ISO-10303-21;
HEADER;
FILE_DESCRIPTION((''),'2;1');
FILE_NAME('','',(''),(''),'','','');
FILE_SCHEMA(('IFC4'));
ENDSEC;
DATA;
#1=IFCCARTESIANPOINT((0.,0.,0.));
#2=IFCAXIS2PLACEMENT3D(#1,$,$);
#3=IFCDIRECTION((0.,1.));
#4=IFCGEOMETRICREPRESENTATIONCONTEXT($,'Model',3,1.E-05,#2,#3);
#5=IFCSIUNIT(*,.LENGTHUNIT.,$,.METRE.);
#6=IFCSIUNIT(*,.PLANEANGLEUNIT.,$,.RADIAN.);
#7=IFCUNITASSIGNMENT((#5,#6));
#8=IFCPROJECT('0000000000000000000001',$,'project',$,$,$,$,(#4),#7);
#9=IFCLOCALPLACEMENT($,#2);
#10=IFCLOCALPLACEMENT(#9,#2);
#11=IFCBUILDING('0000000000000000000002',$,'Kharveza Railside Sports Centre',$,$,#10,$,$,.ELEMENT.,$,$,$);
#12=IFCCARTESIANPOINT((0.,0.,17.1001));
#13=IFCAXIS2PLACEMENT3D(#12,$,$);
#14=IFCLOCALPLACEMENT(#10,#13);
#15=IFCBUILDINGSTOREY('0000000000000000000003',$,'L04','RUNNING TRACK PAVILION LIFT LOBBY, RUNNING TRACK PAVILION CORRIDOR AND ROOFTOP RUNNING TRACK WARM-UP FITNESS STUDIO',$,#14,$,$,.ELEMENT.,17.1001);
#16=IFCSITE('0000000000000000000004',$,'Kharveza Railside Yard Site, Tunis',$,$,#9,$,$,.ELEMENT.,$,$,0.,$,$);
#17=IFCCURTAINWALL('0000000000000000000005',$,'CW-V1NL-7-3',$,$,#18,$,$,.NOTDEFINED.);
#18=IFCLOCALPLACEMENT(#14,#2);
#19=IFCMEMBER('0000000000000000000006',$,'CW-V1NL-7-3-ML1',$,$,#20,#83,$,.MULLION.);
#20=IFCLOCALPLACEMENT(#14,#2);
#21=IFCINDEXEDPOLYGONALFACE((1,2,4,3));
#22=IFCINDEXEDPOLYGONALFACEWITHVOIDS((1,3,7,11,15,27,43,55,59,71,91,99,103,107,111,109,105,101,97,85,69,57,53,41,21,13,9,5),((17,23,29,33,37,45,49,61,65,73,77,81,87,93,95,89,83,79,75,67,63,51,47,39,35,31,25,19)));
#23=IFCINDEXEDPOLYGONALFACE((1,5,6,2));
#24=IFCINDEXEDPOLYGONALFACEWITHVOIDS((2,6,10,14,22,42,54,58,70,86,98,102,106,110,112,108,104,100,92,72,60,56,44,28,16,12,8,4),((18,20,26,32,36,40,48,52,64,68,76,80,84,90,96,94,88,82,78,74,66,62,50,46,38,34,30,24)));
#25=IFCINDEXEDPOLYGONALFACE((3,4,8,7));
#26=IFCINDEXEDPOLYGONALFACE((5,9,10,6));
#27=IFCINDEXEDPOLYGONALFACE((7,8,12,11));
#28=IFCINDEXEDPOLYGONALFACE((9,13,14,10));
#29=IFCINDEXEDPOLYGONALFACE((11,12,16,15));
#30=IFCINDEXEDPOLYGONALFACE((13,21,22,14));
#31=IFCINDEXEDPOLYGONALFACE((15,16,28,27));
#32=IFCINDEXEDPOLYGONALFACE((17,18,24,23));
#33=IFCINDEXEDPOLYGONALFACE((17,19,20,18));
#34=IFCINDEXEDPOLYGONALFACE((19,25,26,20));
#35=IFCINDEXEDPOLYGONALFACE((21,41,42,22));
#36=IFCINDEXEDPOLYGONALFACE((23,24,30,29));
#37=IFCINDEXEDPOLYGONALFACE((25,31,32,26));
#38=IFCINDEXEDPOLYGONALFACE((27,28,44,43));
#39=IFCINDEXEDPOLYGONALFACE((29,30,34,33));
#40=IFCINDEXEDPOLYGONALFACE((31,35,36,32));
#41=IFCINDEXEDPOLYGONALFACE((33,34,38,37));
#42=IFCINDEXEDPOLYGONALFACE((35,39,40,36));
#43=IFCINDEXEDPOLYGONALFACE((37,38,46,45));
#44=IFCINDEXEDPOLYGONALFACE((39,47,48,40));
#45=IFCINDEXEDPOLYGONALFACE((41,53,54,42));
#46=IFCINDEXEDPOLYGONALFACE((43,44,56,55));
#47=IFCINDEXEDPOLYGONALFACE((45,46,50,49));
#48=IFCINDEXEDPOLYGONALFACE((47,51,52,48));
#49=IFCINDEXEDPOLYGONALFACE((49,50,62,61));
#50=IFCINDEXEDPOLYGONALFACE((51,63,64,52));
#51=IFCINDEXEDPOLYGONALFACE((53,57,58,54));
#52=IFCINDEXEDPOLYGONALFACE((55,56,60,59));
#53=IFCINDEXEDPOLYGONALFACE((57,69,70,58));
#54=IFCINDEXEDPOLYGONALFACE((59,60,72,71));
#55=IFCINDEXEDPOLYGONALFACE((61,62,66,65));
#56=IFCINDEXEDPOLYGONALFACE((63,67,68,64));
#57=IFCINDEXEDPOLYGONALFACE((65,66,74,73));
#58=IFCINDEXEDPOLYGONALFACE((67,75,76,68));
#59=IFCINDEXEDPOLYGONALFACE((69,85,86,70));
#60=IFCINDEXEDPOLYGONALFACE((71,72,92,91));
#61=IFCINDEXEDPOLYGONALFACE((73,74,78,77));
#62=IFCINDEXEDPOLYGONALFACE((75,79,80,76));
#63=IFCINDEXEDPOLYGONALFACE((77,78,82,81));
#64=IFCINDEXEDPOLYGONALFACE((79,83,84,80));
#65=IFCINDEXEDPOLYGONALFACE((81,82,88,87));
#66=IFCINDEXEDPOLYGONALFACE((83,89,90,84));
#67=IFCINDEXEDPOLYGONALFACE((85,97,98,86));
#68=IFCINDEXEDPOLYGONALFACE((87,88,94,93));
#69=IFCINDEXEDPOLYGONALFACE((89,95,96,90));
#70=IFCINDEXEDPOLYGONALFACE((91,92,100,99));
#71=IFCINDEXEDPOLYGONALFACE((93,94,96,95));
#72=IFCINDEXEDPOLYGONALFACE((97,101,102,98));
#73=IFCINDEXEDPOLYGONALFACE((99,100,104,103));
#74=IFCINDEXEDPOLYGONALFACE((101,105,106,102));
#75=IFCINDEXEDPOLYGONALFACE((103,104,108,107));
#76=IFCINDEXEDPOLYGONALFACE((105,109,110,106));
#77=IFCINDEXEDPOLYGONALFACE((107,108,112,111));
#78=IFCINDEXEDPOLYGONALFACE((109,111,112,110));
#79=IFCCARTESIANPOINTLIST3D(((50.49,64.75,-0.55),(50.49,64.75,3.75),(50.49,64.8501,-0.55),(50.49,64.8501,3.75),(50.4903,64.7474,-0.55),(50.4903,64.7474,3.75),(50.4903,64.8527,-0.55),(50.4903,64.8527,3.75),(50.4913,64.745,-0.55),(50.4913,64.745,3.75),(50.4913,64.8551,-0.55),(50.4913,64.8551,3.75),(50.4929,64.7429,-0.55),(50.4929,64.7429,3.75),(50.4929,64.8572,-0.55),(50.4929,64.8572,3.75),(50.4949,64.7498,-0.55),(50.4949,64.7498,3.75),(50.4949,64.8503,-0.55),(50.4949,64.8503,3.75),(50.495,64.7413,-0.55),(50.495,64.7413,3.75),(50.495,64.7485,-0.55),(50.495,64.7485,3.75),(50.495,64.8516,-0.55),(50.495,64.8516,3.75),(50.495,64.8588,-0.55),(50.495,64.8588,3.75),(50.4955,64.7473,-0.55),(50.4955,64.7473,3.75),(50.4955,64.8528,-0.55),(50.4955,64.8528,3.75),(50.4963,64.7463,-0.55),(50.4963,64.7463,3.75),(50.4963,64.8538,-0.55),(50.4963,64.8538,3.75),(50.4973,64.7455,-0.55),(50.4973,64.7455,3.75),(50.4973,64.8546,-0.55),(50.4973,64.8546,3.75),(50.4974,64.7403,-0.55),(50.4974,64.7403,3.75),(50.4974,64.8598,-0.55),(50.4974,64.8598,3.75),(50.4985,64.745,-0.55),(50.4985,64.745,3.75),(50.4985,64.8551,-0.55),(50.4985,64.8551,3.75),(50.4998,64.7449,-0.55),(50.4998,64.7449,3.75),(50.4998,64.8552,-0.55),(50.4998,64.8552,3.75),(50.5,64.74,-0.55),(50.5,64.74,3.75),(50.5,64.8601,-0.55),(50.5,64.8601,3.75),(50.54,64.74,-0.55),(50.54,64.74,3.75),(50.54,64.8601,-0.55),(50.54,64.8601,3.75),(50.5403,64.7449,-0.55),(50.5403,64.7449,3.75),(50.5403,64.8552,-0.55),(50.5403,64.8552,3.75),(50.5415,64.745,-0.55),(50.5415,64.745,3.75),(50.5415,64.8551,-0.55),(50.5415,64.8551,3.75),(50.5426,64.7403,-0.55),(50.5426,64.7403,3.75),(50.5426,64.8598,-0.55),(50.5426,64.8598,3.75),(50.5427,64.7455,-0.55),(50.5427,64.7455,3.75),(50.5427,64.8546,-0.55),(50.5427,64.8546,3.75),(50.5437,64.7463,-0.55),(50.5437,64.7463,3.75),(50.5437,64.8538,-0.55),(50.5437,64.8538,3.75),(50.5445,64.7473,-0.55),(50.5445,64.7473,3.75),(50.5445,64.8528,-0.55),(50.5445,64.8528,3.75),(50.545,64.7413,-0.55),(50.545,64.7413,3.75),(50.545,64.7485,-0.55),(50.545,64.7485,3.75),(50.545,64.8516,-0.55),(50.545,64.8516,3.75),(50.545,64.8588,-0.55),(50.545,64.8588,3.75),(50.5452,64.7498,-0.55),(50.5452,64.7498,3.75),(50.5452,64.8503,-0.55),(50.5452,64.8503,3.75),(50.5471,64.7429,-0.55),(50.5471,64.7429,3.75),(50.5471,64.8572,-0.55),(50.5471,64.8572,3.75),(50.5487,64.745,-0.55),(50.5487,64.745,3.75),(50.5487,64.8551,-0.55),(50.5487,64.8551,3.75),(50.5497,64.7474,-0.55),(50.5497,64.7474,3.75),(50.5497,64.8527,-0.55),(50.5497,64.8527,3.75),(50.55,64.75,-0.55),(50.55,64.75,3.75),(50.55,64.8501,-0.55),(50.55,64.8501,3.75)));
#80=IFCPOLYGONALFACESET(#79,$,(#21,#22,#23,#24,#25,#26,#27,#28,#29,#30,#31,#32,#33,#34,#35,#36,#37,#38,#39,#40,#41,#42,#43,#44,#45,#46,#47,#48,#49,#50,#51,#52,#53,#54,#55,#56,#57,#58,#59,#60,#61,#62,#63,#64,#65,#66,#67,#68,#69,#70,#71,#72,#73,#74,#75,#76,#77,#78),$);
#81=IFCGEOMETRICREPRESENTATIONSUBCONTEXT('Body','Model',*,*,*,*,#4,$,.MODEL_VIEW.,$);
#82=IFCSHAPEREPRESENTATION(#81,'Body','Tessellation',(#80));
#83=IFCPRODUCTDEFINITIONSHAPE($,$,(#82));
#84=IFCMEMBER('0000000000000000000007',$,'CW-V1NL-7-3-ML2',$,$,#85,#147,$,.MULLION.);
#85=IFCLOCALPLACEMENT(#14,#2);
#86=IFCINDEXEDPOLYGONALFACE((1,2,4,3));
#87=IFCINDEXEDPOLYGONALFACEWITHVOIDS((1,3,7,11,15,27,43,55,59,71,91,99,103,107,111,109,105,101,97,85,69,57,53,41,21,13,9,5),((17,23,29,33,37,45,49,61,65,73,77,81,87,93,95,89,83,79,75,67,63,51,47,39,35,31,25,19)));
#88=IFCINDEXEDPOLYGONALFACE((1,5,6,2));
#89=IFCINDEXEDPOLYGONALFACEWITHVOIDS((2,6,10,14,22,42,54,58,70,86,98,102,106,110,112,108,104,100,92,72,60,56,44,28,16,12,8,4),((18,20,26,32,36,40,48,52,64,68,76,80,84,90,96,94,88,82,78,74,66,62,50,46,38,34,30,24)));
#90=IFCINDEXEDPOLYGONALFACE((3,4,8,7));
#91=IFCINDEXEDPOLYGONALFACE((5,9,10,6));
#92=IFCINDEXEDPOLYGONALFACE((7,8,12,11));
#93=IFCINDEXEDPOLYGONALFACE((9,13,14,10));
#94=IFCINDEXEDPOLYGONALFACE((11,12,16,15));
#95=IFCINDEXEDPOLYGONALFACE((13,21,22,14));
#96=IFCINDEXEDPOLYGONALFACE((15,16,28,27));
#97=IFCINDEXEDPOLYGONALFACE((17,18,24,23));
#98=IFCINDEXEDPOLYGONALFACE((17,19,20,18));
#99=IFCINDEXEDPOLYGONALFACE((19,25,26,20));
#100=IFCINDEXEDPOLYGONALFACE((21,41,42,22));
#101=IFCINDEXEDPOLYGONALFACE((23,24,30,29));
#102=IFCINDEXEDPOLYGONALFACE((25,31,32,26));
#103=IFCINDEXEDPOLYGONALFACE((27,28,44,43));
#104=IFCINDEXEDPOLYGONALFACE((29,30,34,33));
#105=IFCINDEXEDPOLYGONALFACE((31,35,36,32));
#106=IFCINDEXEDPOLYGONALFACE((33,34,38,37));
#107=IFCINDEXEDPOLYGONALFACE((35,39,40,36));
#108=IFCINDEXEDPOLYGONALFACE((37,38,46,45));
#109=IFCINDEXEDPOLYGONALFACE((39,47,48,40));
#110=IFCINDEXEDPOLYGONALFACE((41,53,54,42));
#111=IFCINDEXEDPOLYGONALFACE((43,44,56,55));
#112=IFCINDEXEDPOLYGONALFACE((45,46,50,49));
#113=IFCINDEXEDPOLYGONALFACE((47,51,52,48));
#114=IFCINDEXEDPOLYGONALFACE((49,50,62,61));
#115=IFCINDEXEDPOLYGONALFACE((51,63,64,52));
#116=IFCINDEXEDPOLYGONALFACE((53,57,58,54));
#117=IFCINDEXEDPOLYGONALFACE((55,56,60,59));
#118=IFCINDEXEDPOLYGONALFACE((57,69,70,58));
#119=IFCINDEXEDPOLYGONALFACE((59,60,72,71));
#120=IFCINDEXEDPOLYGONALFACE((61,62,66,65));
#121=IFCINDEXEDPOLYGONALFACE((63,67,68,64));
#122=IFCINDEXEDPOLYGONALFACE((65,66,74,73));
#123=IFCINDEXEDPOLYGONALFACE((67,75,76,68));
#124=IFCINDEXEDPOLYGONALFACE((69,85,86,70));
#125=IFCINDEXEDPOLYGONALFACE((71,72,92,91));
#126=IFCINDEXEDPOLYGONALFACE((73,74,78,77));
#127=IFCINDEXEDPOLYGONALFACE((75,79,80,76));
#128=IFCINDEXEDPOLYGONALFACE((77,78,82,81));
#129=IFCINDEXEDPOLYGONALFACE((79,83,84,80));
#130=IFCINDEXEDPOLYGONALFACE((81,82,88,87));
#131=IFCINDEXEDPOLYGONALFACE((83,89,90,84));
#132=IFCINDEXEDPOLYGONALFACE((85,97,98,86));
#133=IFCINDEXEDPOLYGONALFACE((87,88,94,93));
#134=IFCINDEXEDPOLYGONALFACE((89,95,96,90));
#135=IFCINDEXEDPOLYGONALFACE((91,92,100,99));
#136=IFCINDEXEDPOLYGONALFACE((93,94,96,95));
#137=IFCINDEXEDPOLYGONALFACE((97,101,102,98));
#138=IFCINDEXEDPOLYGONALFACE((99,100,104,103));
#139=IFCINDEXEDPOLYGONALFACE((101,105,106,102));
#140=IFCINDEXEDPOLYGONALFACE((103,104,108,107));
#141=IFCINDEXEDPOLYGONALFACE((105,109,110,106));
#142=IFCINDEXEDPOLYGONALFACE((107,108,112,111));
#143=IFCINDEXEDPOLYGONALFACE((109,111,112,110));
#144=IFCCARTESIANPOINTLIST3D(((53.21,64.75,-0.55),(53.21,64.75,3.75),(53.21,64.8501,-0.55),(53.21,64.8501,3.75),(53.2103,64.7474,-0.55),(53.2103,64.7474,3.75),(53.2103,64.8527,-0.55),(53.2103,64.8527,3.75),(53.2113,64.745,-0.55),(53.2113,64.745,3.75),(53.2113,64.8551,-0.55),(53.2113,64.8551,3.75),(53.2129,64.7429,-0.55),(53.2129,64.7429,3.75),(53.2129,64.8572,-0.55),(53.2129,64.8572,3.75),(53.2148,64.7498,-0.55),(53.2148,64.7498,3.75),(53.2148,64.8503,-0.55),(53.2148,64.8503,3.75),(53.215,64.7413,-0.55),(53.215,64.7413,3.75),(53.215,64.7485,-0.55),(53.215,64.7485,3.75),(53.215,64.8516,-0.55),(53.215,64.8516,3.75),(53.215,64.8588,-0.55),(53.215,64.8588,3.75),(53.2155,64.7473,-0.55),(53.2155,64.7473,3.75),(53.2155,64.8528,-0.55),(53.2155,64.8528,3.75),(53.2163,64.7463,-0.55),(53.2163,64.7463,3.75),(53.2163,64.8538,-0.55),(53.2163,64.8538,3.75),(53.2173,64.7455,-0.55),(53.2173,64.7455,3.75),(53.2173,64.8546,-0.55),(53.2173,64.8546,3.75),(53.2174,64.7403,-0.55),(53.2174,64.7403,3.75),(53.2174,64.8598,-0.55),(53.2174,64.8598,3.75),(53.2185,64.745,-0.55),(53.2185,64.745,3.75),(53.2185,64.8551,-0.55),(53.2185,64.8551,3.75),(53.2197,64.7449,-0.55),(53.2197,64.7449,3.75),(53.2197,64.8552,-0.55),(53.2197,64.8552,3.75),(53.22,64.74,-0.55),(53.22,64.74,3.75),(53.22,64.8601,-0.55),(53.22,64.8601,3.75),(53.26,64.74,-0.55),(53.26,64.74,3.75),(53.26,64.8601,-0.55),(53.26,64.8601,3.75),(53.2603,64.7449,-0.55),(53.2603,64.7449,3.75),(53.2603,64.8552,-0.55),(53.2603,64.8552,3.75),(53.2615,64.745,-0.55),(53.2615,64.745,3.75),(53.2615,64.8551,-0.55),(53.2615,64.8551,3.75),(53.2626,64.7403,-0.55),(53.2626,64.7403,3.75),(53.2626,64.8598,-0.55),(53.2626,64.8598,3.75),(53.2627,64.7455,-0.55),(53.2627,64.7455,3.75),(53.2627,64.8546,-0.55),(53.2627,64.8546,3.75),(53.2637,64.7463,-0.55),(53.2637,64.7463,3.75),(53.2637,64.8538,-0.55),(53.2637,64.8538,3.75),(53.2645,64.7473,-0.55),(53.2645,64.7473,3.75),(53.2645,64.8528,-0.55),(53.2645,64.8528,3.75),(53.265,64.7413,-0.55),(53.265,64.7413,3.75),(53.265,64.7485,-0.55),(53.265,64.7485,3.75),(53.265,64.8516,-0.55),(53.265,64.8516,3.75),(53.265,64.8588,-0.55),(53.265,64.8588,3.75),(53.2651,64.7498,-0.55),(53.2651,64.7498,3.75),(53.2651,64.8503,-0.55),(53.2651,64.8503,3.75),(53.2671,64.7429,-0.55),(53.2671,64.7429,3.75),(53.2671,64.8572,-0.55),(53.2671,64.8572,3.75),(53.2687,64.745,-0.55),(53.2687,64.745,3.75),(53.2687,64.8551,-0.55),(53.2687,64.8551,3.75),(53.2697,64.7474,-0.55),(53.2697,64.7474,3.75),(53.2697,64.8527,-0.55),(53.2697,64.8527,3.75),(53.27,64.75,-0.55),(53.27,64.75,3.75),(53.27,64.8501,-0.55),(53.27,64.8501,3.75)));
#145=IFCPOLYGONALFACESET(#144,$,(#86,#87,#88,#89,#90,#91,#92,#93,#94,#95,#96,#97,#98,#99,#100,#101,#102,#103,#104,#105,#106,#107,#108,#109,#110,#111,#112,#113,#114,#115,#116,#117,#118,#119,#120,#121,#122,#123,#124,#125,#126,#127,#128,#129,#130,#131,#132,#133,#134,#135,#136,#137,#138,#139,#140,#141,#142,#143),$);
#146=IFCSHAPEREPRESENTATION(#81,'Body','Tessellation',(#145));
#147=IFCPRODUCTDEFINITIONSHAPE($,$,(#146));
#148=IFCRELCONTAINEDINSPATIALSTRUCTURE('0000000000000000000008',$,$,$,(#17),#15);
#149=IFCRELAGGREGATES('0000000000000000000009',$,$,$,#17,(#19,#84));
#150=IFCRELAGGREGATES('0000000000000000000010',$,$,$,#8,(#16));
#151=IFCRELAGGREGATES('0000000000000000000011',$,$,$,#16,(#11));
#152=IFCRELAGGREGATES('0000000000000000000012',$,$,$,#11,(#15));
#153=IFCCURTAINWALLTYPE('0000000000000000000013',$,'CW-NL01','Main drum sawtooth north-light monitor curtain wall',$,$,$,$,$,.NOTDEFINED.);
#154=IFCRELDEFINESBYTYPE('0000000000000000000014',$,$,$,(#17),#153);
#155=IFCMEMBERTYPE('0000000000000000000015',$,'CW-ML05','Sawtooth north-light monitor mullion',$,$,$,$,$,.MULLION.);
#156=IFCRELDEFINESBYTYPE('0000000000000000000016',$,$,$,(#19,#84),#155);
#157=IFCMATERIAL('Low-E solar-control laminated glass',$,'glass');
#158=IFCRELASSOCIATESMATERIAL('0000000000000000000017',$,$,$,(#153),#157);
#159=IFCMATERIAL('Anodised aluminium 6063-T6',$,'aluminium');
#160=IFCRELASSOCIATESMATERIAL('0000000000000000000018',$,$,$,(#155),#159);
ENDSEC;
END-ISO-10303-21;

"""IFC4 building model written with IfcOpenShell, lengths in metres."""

from ifc_helpers import new_model, si_unit, direction, frame, origin, origin_2d, place, context, subcontext, project, spatial, hollow_rectangle, extrude, material, material_profile, profile_set, type_object, element, aggregate, save


model = new_model("IFC4")

# Units and contexts
model_context = context("Model", 3, precision=1e-05, world=origin(), true_north=direction((0.0, 1.0)))
body_context = subcontext(model_context, "Body", "Model", "MODEL_VIEW")
ifc_project = project(units=[si_unit("LENGTHUNIT", "METRE"), si_unit("PLANEANGLEUNIT", "RADIAN")], contexts=[model_context])

# Site, building, storey
site_placement = place(None, origin())
site = spatial("IfcSite", under=ifc_project, at=site_placement, Name="Kharveza Railside Yard Site, Tunis", CompositionType="ELEMENT", RefElevation=0.0)
building_placement = place(site_placement, origin())
building = spatial("IfcBuilding", under=site, at=building_placement, Name="Kharveza Railside Sports Centre", CompositionType="ELEMENT")
storey_placement = place(building_placement, frame((0.0, 0.0, 17.1001)))
storey = spatial("IfcBuildingStorey", under=building, at=storey_placement, Name="L04", Description="RUNNING TRACK PAVILION LIFT LOBBY, RUNNING TRACK PAVILION CORRIDOR AND ROOFTOP RUNNING TRACK WARM-UP FITNESS STUDIO", CompositionType="ELEMENT", Elevation=17.1001)

# Curtain wall, members
ifc_material_1 = material(Name="Low-E solar-control laminated glass", Category="glass")
curtain_wall_type = type_object("IfcCurtainWallType", Name="CW-NL01", Description="Main drum sawtooth north-light monitor curtain wall", PredefinedType="NOTDEFINED", material=ifc_material_1)
curtain_wall_placement = place(storey_placement, origin())
curtain_wall = element("IfcCurtainWall", 1, at=curtain_wall_placement, inside=storey, type_object=curtain_wall_type, Name="CW-V1NL-7-3", PredefinedType="NOTDEFINED")
ifc_material_2 = material(Name="Anodised aluminium 6063-T6", Category="aluminium")
ifc_material_profile_1 = material_profile(ifc_material_2, hollow_rectangle(XDim=0.0601, YDim=0.1201, WallThickness=0.0049, InnerFilletRadius=0.0049, OuterFilletRadius=0.01, at=origin_2d()), Name="RHS 60x120x5.0")
ifc_profile_set_1 = profile_set([ifc_material_profile_1], Name="Anodised aluminium 6063-T6")
member_type_1 = type_object("IfcMemberType", Name="CW-ML05", Description="Sawtooth north-light monitor mullion", PredefinedType="MULLION", material=ifc_profile_set_1)
member_1_placement = place(storey_placement, frame((50.52, 64.8, -0.55), z_axis=(0.0, 0.0, 1.0), x_axis=(1.0, 0.0, 0.0)))
member_1 = element("IfcMember", 2, at=member_1_placement, type_object=member_type_1, Name="CW-V1NL-7-3-ML1", PredefinedType="MULLION", context=body_context, shape_type="SweptSolid", body=[
    extrude(hollow_rectangle(XDim=0.0601, YDim=0.1201, WallThickness=0.0049, InnerFilletRadius=0.0049, OuterFilletRadius=0.01, at=origin_2d()), origin(), (0.0, 0.0, 1.0), 4.3),
])
member_2_placement = place(storey_placement, frame((53.24, 64.8, -0.55), z_axis=(0.0, 0.0, 1.0), x_axis=(1.0, 0.0, 0.0)))
member_2 = element("IfcMember", 3, at=member_2_placement, type_object=member_type_1, Name="CW-V1NL-7-3-ML2", PredefinedType="MULLION", context=body_context, shape_type="SweptSolid", body=[
    extrude(hollow_rectangle(XDim=0.0601, YDim=0.1201, WallThickness=0.0049, InnerFilletRadius=0.0049, OuterFilletRadius=0.01, at=origin_2d()), origin(), (0.0, 0.0, 1.0), 4.3),
])

aggregate(curtain_wall, [member_1, member_2])

save(model, "model.ifc")
